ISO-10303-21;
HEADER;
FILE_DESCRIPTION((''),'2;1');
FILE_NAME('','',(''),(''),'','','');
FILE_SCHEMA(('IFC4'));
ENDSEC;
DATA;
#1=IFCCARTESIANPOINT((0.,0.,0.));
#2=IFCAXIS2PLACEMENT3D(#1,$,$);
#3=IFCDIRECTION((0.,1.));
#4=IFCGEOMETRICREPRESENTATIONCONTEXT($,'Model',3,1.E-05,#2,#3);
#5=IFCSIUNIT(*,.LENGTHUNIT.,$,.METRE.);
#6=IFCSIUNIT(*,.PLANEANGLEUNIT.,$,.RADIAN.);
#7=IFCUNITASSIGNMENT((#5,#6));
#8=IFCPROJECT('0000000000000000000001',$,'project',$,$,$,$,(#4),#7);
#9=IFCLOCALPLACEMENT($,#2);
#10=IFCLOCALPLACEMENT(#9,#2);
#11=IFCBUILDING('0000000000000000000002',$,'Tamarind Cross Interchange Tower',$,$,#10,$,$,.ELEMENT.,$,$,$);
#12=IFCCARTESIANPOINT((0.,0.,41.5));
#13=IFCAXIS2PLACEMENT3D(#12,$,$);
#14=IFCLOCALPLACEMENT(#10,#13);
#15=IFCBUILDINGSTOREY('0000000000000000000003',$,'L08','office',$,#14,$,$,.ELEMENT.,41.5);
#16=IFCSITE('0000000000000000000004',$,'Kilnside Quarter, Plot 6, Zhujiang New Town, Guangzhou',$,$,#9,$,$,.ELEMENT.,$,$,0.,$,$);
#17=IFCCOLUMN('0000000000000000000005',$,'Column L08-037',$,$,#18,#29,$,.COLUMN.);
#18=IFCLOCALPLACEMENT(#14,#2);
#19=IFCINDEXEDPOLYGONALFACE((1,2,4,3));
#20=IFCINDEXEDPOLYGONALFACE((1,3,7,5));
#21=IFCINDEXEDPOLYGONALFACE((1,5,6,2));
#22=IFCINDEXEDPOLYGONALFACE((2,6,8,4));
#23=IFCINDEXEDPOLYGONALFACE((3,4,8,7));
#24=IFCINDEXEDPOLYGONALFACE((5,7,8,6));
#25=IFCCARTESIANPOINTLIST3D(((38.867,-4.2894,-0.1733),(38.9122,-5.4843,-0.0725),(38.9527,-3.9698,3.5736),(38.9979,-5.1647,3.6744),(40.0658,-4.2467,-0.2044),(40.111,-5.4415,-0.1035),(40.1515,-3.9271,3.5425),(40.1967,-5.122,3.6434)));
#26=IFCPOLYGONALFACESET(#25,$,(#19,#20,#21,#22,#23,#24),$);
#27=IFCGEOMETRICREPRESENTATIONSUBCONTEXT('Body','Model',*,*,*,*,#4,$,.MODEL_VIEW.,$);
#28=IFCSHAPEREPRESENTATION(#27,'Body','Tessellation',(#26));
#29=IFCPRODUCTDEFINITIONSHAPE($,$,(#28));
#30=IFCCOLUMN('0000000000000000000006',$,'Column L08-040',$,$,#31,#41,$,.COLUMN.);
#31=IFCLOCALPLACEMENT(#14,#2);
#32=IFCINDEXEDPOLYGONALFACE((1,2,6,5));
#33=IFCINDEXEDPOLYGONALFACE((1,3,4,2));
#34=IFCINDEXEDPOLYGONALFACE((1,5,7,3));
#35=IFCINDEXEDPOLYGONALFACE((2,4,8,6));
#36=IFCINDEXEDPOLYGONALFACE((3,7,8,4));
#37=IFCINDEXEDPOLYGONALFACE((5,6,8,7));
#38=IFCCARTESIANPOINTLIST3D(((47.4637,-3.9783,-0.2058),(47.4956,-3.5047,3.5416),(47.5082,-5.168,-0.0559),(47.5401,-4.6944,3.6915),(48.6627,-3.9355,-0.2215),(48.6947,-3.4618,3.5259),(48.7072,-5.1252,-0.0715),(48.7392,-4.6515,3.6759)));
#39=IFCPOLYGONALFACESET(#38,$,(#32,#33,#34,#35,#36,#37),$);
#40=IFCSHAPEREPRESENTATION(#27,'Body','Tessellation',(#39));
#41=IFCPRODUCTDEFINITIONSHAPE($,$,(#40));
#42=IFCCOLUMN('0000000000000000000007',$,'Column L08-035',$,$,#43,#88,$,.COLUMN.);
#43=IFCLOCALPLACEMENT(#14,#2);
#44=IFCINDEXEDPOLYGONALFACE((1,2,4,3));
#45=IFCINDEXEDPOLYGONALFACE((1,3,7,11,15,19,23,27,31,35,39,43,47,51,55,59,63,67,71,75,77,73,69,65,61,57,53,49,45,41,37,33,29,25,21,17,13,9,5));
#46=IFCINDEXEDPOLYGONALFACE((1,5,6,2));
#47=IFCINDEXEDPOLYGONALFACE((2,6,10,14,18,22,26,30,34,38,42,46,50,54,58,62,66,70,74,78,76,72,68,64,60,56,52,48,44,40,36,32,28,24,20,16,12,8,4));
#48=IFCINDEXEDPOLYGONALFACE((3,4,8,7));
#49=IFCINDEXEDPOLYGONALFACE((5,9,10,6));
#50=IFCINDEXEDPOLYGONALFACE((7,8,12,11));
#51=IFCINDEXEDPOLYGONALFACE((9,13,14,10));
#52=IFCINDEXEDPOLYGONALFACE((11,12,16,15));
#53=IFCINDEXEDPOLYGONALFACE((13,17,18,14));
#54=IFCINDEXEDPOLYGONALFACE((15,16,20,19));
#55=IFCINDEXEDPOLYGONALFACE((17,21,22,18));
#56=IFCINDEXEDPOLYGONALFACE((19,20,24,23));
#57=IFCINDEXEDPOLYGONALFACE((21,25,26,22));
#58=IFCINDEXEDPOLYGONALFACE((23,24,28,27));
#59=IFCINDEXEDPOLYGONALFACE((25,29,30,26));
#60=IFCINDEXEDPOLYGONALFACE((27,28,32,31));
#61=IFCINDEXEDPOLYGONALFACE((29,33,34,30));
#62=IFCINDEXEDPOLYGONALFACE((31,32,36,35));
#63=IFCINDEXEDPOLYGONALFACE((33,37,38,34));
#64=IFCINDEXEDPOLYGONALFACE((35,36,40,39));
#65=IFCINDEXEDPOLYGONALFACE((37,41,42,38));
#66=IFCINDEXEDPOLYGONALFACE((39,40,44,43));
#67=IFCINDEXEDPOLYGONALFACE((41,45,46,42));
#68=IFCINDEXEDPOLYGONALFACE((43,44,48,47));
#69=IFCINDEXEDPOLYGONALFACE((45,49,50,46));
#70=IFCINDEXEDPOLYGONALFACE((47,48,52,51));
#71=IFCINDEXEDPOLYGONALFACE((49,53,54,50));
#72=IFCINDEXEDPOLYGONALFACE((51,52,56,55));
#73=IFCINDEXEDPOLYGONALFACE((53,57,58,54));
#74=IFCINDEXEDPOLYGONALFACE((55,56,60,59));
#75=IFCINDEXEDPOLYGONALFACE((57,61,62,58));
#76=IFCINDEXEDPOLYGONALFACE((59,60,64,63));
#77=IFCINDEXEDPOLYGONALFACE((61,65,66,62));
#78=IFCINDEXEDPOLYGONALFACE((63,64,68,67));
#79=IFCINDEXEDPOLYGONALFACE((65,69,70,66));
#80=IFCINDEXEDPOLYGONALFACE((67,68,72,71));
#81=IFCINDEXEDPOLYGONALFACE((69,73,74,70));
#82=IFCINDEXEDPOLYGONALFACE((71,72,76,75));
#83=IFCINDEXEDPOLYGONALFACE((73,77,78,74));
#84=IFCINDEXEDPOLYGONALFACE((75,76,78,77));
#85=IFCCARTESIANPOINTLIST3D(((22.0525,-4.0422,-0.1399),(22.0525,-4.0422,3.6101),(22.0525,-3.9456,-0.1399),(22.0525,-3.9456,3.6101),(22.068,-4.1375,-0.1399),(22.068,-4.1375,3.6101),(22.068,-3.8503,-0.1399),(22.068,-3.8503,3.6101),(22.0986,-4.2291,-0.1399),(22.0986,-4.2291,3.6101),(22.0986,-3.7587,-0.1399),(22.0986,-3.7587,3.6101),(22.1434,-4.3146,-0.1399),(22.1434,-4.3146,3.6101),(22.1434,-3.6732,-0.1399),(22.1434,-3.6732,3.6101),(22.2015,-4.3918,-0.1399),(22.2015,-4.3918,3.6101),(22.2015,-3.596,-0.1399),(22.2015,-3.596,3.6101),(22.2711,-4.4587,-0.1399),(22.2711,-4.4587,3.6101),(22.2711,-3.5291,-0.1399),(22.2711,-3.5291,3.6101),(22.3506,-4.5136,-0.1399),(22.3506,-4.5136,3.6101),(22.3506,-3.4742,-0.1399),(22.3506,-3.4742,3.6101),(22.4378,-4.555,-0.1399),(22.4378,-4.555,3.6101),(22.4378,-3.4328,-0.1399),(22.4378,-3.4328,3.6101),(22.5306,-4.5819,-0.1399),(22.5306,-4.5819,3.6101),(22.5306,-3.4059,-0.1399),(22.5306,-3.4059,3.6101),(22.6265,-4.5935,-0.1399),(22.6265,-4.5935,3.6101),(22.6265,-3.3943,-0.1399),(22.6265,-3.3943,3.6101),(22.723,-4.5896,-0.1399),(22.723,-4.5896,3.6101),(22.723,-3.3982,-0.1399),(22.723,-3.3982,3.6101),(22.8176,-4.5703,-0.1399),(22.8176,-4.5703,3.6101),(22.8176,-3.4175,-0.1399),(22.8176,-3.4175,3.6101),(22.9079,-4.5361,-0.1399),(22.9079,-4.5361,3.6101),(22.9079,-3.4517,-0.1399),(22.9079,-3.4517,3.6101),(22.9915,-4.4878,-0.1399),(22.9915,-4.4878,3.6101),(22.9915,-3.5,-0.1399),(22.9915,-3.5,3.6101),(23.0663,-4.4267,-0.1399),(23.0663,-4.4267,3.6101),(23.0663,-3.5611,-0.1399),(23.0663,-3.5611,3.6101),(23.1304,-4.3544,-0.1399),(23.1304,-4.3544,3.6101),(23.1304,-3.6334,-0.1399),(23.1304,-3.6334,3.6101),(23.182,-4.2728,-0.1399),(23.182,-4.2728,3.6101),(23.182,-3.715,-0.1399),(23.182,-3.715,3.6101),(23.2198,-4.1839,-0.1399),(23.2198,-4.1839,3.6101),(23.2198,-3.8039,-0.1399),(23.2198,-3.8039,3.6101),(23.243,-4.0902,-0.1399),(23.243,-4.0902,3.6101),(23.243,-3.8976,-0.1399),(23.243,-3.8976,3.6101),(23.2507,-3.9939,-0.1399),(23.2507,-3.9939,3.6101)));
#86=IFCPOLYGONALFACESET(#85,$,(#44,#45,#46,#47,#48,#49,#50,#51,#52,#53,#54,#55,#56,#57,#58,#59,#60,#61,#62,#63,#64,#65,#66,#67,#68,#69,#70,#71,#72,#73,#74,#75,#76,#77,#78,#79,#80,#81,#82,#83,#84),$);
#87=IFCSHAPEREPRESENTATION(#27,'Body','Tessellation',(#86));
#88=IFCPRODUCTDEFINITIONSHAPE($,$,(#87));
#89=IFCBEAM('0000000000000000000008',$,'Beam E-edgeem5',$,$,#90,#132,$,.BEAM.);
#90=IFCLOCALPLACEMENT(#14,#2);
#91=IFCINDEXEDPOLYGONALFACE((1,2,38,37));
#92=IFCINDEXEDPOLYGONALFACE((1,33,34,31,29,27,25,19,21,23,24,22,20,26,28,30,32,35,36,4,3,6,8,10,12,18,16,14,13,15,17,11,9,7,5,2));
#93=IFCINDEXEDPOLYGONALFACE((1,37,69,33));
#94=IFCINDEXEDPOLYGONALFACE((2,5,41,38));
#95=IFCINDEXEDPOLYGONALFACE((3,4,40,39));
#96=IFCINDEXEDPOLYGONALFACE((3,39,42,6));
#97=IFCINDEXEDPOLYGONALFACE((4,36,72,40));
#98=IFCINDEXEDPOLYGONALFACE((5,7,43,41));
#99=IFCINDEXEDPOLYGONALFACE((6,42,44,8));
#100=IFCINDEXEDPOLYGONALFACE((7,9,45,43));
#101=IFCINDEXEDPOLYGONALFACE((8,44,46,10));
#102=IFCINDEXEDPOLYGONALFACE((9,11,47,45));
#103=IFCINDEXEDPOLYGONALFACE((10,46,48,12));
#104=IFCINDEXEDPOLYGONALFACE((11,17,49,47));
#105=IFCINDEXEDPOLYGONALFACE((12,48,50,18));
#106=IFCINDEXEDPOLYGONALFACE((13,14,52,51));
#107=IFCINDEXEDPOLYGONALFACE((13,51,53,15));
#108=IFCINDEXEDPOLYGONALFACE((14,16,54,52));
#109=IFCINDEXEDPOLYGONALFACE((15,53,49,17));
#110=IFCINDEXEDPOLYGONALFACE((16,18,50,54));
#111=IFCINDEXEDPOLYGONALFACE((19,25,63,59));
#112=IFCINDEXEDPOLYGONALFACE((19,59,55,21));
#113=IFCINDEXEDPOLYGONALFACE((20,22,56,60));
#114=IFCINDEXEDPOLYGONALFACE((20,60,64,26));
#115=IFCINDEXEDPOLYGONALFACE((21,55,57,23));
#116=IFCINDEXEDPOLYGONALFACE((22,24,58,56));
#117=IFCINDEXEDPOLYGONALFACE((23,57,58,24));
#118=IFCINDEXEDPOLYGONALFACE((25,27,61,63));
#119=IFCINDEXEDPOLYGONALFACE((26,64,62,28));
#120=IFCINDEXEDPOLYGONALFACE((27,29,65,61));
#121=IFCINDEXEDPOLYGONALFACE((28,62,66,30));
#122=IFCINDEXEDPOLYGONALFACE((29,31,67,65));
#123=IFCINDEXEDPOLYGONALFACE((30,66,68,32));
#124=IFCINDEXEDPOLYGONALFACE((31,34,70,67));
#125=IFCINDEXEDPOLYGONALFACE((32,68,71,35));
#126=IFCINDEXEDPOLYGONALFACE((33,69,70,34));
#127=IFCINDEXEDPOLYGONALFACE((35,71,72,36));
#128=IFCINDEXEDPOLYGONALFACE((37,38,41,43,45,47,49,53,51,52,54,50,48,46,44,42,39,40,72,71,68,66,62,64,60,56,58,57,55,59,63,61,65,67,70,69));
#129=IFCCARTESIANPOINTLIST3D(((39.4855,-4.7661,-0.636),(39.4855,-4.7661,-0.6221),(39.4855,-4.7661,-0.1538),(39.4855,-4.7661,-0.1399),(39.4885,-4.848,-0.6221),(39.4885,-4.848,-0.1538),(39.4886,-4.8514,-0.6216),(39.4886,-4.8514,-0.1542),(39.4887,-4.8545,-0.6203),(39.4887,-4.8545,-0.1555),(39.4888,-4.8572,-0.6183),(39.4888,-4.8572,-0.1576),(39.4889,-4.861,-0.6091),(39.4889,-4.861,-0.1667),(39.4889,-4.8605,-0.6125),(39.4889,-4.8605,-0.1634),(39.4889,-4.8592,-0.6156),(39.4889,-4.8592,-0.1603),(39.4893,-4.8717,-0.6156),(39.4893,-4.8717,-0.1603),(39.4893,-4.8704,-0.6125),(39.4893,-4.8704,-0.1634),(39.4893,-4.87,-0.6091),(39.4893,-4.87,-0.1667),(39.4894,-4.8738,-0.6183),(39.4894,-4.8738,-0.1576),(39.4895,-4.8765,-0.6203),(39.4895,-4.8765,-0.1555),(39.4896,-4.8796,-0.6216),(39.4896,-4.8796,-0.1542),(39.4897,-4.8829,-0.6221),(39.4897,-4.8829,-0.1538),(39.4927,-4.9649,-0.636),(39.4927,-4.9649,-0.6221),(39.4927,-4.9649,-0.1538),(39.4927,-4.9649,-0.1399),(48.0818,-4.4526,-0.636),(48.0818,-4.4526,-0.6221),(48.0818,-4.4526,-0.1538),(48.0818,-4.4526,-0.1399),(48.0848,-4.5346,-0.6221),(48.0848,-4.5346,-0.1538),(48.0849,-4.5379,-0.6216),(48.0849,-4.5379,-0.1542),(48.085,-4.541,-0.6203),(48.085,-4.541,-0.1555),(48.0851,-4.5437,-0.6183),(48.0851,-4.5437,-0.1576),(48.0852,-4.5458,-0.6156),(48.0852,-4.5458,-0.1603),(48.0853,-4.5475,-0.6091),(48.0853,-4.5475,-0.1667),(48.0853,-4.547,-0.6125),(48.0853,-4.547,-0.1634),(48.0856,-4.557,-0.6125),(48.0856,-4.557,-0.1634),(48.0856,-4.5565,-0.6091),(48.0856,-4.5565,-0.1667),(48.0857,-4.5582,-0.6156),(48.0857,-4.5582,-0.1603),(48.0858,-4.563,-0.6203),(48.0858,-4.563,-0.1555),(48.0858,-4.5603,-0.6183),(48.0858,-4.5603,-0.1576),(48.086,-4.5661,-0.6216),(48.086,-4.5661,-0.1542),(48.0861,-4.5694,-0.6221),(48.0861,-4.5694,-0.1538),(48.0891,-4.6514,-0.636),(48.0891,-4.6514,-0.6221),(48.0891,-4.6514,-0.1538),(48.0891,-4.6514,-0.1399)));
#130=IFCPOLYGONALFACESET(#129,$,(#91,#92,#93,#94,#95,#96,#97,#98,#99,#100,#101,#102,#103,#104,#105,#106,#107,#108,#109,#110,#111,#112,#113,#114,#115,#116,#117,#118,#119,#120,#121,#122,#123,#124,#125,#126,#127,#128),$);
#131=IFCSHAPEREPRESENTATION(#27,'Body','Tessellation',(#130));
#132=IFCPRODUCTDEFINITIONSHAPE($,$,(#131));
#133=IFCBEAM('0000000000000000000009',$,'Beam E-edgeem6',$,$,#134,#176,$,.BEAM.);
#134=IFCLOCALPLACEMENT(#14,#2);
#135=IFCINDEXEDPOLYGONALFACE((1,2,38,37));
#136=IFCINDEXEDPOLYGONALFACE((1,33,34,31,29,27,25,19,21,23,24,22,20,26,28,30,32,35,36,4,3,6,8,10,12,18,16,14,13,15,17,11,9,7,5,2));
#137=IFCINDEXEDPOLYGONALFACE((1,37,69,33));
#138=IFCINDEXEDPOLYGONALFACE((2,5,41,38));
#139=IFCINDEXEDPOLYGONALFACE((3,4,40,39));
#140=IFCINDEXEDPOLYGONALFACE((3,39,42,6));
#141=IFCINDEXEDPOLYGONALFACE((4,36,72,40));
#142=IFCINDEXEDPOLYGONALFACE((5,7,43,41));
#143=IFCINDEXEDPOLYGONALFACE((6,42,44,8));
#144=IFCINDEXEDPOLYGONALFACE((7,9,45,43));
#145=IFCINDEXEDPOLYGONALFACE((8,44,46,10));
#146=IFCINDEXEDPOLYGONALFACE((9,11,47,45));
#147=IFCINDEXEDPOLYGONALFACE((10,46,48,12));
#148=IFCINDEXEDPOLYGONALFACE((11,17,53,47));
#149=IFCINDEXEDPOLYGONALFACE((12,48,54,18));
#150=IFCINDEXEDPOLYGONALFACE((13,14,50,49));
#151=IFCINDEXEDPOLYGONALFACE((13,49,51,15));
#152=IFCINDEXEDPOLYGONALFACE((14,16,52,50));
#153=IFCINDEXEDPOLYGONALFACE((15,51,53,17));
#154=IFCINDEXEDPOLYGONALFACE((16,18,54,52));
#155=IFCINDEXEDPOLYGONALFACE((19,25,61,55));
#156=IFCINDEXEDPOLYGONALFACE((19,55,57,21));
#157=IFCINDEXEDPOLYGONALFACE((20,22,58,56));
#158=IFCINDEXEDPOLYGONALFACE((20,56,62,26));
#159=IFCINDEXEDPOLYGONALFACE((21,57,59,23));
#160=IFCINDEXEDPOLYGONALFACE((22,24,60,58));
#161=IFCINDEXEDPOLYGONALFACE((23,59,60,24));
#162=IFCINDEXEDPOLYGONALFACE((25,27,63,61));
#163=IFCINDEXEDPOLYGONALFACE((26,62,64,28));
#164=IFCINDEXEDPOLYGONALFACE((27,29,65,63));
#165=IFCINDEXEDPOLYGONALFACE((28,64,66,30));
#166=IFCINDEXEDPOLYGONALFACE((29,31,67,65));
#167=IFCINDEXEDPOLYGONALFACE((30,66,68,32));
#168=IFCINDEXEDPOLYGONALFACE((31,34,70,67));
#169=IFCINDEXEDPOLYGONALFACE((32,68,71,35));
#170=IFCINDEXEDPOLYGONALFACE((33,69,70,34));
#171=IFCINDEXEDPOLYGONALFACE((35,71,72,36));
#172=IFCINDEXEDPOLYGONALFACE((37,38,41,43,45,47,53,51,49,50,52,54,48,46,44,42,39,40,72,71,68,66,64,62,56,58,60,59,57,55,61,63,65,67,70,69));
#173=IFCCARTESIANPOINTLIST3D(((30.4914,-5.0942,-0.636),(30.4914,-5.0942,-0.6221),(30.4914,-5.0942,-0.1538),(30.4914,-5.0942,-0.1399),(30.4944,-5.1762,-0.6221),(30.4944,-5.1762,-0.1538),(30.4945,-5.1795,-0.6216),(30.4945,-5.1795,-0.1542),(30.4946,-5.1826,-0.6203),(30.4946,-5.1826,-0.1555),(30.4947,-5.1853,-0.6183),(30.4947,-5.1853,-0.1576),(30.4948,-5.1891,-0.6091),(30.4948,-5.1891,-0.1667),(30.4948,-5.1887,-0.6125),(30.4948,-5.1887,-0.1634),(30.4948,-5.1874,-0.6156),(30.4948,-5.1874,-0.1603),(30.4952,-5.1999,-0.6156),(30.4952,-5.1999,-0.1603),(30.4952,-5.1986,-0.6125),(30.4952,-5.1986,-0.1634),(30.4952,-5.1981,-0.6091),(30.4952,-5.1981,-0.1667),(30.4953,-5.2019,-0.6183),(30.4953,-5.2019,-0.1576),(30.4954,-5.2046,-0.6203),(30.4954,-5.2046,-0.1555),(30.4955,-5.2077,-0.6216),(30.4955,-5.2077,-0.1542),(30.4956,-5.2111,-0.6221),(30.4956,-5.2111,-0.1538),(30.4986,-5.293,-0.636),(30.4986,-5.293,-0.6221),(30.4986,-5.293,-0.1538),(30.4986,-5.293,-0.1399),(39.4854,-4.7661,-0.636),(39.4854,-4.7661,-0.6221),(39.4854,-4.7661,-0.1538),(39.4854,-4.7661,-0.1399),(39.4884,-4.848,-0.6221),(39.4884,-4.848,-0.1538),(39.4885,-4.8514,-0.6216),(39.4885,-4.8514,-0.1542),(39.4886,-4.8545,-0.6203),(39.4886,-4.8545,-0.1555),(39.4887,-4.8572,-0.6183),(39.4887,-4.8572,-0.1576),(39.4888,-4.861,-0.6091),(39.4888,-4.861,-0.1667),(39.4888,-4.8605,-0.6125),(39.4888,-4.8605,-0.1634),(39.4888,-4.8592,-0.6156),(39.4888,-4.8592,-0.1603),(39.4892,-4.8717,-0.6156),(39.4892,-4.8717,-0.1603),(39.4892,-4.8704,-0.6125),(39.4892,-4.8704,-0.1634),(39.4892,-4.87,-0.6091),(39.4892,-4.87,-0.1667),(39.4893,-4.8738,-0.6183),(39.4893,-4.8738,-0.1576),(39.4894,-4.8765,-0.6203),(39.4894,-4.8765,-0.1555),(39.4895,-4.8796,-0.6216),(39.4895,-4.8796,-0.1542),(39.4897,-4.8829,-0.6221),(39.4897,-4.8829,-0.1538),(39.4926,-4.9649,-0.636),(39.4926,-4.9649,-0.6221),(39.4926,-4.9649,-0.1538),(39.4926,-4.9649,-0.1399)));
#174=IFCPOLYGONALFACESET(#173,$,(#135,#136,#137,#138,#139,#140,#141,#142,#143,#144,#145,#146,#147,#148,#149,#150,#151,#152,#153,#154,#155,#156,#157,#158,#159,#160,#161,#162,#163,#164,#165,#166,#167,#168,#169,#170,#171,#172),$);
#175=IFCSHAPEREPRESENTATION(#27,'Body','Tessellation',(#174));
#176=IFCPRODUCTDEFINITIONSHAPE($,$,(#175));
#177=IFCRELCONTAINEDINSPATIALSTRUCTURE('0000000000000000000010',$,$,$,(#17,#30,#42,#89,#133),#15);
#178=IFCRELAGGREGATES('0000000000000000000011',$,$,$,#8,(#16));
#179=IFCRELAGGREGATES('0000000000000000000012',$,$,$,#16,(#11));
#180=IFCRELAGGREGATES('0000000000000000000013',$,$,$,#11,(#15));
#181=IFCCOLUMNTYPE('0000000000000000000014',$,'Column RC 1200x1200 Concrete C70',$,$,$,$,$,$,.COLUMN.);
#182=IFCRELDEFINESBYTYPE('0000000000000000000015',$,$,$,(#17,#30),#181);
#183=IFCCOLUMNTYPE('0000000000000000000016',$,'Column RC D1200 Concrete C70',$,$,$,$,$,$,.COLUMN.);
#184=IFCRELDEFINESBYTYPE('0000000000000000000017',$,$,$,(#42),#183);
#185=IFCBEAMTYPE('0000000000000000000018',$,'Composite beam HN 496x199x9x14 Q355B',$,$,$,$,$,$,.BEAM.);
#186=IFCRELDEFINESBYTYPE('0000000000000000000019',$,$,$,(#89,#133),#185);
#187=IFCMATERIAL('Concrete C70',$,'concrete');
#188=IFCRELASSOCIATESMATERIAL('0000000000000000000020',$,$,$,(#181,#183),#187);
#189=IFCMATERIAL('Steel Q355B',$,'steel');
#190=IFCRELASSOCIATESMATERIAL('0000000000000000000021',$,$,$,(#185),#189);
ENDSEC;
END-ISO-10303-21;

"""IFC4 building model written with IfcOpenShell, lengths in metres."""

from ifc_helpers import new_model, si_unit, direction, frame, origin, origin_2d, place, context, subcontext, project, spatial, rectangle, circle, i_section, extrude, material, material_profile, profile_set, type_object, element, save


model = new_model("IFC4")

# Units and contexts
model_context = context("Model", 3, precision=1e-05, world=origin(), true_north=direction((0.0, 1.0)))
body_context = subcontext(model_context, "Body", "Model", "MODEL_VIEW")
ifc_project = project(units=[si_unit("LENGTHUNIT", "METRE"), si_unit("PLANEANGLEUNIT", "RADIAN")], contexts=[model_context])

# Site, building, storey
site_placement = place(None, origin())
site = spatial("IfcSite", under=ifc_project, at=site_placement, Name="Kilnside Quarter, Plot 6, Zhujiang New Town, Guangzhou", CompositionType="ELEMENT", RefElevation=0.0)
building_placement = place(site_placement, origin())
building = spatial("IfcBuilding", under=site, at=building_placement, Name="Tamarind Cross Interchange Tower", CompositionType="ELEMENT")
storey_placement = place(building_placement, frame((0.0, 0.0, 41.5)))
storey = spatial("IfcBuildingStorey", under=building, at=storey_placement, Name="L08", Description="office", CompositionType="ELEMENT", Elevation=41.5)

# Columns
ifc_material_1 = material(Name="Concrete C70", Category="concrete")
ifc_material_profile_1 = material_profile(ifc_material_1, rectangle(XDim=1.2, YDim=1.2, at=origin_2d()), Name="RC 1200x1200")
ifc_profile_set_1 = profile_set([ifc_material_profile_1], Name="Concrete C70")
column_type_1 = type_object("IfcColumnType", Name="Column RC 1200x1200 Concrete C70", PredefinedType="COLUMN", material=ifc_profile_set_1)
column_1_placement = place(storey_placement, frame((39.489, -4.8655, -0.1384), z_axis=(0.022782, 0.084963, 0.996124), x_axis=(-0.999031, -0.035606, 0.025886)))
element("IfcColumn", 1, at=column_1_placement, inside=storey, type_object=column_type_1, Name="Column L08-037", PredefinedType="COLUMN", context=body_context, shape_type="SweptSolid", body=[
    extrude(rectangle(XDim=1.2, YDim=1.2, at=origin_2d()), origin(), (0.0, 0.0, 1.0), 3.7615),
])
column_2_placement = place(storey_placement, frame((48.0854, -4.5518, -0.1387), z_axis=(0.008467, 0.12539, 0.992071), x_axis=(-0.999277, -0.035723, 0.013044)))
element("IfcColumn", 2, at=column_2_placement, inside=storey, type_object=column_type_1, Name="Column L08-040", PredefinedType="COLUMN", context=body_context, shape_type="SweptSolid", body=[
    extrude(rectangle(XDim=1.2, YDim=1.2, at=origin_2d()), origin(), (0.0, 0.0, 1.0), 3.7773),
])
ifc_material_profile_2 = material_profile(ifc_material_1, circle(Radius=0.6001, at=origin_2d()), Name="RC D1200")
ifc_profile_set_2 = profile_set([ifc_material_profile_2], Name="Concrete C70")
column_type_2 = type_object("IfcColumnType", Name="Column RC D1200 Concrete C70", PredefinedType="COLUMN", material=ifc_profile_set_2)
column_3_placement = place(storey_placement, frame((22.6506, -3.9939, -0.1399), z_axis=(0.0, 0.0, 1.0), x_axis=(1.0, 0.0, 0.0)))
element("IfcColumn", 3, at=column_3_placement, inside=storey, type_object=column_type_2, Name="Column L08-035", PredefinedType="COLUMN", context=body_context, shape_type="SweptSolid", body=[
    extrude(circle(Radius=0.6001, at=origin_2d()), origin(), (0.0, 0.0, 1.0), 3.75),
])

# Beams
ifc_material_2 = material(Name="Steel Q355B", Category="steel")
ifc_material_profile_3 = material_profile(ifc_material_2, i_section(OverallWidth=0.199, OverallDepth=0.4961, WebThickness=0.009, FlangeThickness=0.0139, FilletRadius=0.0129, at=origin_2d()), Name="HN 496x199x9x14")
ifc_profile_set_3 = profile_set([ifc_material_profile_3], Name="Steel Q355B")
beam_type_1 = type_object("IfcBeamType", Name="Composite beam HN 496x199x9x14 Q355B", PredefinedType="BEAM", material=ifc_profile_set_3)
beam_1_placement = place(storey_placement, frame((48.0854, -4.552, -0.3879), z_axis=(-0.999336, -0.036442, 0.0), x_axis=(0.036442, -0.999336, 0.0)))
element("IfcBeam", 4, at=beam_1_placement, inside=storey, type_object=beam_type_1, Name="Beam E-edgeem5", PredefinedType="BEAM", context=body_context, shape_type="SweptSolid", body=[
    extrude(i_section(OverallWidth=0.199, OverallDepth=0.4961, WebThickness=0.009, FlangeThickness=0.0139, FilletRadius=0.0129, at=origin_2d()), origin(), (0.0, 0.0, 1.0), 8.6021),
])
beam_2_placement = place(storey_placement, frame((39.489, -4.8655, -0.3879), z_axis=(-0.999335, -0.036459, 0.0), x_axis=(0.036459, -0.999335, 0.0)))
element("IfcBeam", 5, at=beam_2_placement, inside=storey, type_object=beam_type_1, Name="Beam E-edgeem6", PredefinedType="BEAM", context=body_context, shape_type="SweptSolid", body=[
    extrude(i_section(OverallWidth=0.199, OverallDepth=0.4961, WebThickness=0.009, FlangeThickness=0.0139, FilletRadius=0.0129, at=origin_2d()), origin(), (0.0, 0.0, 1.0), 9.0),
])

save(model, "model.ifc")
